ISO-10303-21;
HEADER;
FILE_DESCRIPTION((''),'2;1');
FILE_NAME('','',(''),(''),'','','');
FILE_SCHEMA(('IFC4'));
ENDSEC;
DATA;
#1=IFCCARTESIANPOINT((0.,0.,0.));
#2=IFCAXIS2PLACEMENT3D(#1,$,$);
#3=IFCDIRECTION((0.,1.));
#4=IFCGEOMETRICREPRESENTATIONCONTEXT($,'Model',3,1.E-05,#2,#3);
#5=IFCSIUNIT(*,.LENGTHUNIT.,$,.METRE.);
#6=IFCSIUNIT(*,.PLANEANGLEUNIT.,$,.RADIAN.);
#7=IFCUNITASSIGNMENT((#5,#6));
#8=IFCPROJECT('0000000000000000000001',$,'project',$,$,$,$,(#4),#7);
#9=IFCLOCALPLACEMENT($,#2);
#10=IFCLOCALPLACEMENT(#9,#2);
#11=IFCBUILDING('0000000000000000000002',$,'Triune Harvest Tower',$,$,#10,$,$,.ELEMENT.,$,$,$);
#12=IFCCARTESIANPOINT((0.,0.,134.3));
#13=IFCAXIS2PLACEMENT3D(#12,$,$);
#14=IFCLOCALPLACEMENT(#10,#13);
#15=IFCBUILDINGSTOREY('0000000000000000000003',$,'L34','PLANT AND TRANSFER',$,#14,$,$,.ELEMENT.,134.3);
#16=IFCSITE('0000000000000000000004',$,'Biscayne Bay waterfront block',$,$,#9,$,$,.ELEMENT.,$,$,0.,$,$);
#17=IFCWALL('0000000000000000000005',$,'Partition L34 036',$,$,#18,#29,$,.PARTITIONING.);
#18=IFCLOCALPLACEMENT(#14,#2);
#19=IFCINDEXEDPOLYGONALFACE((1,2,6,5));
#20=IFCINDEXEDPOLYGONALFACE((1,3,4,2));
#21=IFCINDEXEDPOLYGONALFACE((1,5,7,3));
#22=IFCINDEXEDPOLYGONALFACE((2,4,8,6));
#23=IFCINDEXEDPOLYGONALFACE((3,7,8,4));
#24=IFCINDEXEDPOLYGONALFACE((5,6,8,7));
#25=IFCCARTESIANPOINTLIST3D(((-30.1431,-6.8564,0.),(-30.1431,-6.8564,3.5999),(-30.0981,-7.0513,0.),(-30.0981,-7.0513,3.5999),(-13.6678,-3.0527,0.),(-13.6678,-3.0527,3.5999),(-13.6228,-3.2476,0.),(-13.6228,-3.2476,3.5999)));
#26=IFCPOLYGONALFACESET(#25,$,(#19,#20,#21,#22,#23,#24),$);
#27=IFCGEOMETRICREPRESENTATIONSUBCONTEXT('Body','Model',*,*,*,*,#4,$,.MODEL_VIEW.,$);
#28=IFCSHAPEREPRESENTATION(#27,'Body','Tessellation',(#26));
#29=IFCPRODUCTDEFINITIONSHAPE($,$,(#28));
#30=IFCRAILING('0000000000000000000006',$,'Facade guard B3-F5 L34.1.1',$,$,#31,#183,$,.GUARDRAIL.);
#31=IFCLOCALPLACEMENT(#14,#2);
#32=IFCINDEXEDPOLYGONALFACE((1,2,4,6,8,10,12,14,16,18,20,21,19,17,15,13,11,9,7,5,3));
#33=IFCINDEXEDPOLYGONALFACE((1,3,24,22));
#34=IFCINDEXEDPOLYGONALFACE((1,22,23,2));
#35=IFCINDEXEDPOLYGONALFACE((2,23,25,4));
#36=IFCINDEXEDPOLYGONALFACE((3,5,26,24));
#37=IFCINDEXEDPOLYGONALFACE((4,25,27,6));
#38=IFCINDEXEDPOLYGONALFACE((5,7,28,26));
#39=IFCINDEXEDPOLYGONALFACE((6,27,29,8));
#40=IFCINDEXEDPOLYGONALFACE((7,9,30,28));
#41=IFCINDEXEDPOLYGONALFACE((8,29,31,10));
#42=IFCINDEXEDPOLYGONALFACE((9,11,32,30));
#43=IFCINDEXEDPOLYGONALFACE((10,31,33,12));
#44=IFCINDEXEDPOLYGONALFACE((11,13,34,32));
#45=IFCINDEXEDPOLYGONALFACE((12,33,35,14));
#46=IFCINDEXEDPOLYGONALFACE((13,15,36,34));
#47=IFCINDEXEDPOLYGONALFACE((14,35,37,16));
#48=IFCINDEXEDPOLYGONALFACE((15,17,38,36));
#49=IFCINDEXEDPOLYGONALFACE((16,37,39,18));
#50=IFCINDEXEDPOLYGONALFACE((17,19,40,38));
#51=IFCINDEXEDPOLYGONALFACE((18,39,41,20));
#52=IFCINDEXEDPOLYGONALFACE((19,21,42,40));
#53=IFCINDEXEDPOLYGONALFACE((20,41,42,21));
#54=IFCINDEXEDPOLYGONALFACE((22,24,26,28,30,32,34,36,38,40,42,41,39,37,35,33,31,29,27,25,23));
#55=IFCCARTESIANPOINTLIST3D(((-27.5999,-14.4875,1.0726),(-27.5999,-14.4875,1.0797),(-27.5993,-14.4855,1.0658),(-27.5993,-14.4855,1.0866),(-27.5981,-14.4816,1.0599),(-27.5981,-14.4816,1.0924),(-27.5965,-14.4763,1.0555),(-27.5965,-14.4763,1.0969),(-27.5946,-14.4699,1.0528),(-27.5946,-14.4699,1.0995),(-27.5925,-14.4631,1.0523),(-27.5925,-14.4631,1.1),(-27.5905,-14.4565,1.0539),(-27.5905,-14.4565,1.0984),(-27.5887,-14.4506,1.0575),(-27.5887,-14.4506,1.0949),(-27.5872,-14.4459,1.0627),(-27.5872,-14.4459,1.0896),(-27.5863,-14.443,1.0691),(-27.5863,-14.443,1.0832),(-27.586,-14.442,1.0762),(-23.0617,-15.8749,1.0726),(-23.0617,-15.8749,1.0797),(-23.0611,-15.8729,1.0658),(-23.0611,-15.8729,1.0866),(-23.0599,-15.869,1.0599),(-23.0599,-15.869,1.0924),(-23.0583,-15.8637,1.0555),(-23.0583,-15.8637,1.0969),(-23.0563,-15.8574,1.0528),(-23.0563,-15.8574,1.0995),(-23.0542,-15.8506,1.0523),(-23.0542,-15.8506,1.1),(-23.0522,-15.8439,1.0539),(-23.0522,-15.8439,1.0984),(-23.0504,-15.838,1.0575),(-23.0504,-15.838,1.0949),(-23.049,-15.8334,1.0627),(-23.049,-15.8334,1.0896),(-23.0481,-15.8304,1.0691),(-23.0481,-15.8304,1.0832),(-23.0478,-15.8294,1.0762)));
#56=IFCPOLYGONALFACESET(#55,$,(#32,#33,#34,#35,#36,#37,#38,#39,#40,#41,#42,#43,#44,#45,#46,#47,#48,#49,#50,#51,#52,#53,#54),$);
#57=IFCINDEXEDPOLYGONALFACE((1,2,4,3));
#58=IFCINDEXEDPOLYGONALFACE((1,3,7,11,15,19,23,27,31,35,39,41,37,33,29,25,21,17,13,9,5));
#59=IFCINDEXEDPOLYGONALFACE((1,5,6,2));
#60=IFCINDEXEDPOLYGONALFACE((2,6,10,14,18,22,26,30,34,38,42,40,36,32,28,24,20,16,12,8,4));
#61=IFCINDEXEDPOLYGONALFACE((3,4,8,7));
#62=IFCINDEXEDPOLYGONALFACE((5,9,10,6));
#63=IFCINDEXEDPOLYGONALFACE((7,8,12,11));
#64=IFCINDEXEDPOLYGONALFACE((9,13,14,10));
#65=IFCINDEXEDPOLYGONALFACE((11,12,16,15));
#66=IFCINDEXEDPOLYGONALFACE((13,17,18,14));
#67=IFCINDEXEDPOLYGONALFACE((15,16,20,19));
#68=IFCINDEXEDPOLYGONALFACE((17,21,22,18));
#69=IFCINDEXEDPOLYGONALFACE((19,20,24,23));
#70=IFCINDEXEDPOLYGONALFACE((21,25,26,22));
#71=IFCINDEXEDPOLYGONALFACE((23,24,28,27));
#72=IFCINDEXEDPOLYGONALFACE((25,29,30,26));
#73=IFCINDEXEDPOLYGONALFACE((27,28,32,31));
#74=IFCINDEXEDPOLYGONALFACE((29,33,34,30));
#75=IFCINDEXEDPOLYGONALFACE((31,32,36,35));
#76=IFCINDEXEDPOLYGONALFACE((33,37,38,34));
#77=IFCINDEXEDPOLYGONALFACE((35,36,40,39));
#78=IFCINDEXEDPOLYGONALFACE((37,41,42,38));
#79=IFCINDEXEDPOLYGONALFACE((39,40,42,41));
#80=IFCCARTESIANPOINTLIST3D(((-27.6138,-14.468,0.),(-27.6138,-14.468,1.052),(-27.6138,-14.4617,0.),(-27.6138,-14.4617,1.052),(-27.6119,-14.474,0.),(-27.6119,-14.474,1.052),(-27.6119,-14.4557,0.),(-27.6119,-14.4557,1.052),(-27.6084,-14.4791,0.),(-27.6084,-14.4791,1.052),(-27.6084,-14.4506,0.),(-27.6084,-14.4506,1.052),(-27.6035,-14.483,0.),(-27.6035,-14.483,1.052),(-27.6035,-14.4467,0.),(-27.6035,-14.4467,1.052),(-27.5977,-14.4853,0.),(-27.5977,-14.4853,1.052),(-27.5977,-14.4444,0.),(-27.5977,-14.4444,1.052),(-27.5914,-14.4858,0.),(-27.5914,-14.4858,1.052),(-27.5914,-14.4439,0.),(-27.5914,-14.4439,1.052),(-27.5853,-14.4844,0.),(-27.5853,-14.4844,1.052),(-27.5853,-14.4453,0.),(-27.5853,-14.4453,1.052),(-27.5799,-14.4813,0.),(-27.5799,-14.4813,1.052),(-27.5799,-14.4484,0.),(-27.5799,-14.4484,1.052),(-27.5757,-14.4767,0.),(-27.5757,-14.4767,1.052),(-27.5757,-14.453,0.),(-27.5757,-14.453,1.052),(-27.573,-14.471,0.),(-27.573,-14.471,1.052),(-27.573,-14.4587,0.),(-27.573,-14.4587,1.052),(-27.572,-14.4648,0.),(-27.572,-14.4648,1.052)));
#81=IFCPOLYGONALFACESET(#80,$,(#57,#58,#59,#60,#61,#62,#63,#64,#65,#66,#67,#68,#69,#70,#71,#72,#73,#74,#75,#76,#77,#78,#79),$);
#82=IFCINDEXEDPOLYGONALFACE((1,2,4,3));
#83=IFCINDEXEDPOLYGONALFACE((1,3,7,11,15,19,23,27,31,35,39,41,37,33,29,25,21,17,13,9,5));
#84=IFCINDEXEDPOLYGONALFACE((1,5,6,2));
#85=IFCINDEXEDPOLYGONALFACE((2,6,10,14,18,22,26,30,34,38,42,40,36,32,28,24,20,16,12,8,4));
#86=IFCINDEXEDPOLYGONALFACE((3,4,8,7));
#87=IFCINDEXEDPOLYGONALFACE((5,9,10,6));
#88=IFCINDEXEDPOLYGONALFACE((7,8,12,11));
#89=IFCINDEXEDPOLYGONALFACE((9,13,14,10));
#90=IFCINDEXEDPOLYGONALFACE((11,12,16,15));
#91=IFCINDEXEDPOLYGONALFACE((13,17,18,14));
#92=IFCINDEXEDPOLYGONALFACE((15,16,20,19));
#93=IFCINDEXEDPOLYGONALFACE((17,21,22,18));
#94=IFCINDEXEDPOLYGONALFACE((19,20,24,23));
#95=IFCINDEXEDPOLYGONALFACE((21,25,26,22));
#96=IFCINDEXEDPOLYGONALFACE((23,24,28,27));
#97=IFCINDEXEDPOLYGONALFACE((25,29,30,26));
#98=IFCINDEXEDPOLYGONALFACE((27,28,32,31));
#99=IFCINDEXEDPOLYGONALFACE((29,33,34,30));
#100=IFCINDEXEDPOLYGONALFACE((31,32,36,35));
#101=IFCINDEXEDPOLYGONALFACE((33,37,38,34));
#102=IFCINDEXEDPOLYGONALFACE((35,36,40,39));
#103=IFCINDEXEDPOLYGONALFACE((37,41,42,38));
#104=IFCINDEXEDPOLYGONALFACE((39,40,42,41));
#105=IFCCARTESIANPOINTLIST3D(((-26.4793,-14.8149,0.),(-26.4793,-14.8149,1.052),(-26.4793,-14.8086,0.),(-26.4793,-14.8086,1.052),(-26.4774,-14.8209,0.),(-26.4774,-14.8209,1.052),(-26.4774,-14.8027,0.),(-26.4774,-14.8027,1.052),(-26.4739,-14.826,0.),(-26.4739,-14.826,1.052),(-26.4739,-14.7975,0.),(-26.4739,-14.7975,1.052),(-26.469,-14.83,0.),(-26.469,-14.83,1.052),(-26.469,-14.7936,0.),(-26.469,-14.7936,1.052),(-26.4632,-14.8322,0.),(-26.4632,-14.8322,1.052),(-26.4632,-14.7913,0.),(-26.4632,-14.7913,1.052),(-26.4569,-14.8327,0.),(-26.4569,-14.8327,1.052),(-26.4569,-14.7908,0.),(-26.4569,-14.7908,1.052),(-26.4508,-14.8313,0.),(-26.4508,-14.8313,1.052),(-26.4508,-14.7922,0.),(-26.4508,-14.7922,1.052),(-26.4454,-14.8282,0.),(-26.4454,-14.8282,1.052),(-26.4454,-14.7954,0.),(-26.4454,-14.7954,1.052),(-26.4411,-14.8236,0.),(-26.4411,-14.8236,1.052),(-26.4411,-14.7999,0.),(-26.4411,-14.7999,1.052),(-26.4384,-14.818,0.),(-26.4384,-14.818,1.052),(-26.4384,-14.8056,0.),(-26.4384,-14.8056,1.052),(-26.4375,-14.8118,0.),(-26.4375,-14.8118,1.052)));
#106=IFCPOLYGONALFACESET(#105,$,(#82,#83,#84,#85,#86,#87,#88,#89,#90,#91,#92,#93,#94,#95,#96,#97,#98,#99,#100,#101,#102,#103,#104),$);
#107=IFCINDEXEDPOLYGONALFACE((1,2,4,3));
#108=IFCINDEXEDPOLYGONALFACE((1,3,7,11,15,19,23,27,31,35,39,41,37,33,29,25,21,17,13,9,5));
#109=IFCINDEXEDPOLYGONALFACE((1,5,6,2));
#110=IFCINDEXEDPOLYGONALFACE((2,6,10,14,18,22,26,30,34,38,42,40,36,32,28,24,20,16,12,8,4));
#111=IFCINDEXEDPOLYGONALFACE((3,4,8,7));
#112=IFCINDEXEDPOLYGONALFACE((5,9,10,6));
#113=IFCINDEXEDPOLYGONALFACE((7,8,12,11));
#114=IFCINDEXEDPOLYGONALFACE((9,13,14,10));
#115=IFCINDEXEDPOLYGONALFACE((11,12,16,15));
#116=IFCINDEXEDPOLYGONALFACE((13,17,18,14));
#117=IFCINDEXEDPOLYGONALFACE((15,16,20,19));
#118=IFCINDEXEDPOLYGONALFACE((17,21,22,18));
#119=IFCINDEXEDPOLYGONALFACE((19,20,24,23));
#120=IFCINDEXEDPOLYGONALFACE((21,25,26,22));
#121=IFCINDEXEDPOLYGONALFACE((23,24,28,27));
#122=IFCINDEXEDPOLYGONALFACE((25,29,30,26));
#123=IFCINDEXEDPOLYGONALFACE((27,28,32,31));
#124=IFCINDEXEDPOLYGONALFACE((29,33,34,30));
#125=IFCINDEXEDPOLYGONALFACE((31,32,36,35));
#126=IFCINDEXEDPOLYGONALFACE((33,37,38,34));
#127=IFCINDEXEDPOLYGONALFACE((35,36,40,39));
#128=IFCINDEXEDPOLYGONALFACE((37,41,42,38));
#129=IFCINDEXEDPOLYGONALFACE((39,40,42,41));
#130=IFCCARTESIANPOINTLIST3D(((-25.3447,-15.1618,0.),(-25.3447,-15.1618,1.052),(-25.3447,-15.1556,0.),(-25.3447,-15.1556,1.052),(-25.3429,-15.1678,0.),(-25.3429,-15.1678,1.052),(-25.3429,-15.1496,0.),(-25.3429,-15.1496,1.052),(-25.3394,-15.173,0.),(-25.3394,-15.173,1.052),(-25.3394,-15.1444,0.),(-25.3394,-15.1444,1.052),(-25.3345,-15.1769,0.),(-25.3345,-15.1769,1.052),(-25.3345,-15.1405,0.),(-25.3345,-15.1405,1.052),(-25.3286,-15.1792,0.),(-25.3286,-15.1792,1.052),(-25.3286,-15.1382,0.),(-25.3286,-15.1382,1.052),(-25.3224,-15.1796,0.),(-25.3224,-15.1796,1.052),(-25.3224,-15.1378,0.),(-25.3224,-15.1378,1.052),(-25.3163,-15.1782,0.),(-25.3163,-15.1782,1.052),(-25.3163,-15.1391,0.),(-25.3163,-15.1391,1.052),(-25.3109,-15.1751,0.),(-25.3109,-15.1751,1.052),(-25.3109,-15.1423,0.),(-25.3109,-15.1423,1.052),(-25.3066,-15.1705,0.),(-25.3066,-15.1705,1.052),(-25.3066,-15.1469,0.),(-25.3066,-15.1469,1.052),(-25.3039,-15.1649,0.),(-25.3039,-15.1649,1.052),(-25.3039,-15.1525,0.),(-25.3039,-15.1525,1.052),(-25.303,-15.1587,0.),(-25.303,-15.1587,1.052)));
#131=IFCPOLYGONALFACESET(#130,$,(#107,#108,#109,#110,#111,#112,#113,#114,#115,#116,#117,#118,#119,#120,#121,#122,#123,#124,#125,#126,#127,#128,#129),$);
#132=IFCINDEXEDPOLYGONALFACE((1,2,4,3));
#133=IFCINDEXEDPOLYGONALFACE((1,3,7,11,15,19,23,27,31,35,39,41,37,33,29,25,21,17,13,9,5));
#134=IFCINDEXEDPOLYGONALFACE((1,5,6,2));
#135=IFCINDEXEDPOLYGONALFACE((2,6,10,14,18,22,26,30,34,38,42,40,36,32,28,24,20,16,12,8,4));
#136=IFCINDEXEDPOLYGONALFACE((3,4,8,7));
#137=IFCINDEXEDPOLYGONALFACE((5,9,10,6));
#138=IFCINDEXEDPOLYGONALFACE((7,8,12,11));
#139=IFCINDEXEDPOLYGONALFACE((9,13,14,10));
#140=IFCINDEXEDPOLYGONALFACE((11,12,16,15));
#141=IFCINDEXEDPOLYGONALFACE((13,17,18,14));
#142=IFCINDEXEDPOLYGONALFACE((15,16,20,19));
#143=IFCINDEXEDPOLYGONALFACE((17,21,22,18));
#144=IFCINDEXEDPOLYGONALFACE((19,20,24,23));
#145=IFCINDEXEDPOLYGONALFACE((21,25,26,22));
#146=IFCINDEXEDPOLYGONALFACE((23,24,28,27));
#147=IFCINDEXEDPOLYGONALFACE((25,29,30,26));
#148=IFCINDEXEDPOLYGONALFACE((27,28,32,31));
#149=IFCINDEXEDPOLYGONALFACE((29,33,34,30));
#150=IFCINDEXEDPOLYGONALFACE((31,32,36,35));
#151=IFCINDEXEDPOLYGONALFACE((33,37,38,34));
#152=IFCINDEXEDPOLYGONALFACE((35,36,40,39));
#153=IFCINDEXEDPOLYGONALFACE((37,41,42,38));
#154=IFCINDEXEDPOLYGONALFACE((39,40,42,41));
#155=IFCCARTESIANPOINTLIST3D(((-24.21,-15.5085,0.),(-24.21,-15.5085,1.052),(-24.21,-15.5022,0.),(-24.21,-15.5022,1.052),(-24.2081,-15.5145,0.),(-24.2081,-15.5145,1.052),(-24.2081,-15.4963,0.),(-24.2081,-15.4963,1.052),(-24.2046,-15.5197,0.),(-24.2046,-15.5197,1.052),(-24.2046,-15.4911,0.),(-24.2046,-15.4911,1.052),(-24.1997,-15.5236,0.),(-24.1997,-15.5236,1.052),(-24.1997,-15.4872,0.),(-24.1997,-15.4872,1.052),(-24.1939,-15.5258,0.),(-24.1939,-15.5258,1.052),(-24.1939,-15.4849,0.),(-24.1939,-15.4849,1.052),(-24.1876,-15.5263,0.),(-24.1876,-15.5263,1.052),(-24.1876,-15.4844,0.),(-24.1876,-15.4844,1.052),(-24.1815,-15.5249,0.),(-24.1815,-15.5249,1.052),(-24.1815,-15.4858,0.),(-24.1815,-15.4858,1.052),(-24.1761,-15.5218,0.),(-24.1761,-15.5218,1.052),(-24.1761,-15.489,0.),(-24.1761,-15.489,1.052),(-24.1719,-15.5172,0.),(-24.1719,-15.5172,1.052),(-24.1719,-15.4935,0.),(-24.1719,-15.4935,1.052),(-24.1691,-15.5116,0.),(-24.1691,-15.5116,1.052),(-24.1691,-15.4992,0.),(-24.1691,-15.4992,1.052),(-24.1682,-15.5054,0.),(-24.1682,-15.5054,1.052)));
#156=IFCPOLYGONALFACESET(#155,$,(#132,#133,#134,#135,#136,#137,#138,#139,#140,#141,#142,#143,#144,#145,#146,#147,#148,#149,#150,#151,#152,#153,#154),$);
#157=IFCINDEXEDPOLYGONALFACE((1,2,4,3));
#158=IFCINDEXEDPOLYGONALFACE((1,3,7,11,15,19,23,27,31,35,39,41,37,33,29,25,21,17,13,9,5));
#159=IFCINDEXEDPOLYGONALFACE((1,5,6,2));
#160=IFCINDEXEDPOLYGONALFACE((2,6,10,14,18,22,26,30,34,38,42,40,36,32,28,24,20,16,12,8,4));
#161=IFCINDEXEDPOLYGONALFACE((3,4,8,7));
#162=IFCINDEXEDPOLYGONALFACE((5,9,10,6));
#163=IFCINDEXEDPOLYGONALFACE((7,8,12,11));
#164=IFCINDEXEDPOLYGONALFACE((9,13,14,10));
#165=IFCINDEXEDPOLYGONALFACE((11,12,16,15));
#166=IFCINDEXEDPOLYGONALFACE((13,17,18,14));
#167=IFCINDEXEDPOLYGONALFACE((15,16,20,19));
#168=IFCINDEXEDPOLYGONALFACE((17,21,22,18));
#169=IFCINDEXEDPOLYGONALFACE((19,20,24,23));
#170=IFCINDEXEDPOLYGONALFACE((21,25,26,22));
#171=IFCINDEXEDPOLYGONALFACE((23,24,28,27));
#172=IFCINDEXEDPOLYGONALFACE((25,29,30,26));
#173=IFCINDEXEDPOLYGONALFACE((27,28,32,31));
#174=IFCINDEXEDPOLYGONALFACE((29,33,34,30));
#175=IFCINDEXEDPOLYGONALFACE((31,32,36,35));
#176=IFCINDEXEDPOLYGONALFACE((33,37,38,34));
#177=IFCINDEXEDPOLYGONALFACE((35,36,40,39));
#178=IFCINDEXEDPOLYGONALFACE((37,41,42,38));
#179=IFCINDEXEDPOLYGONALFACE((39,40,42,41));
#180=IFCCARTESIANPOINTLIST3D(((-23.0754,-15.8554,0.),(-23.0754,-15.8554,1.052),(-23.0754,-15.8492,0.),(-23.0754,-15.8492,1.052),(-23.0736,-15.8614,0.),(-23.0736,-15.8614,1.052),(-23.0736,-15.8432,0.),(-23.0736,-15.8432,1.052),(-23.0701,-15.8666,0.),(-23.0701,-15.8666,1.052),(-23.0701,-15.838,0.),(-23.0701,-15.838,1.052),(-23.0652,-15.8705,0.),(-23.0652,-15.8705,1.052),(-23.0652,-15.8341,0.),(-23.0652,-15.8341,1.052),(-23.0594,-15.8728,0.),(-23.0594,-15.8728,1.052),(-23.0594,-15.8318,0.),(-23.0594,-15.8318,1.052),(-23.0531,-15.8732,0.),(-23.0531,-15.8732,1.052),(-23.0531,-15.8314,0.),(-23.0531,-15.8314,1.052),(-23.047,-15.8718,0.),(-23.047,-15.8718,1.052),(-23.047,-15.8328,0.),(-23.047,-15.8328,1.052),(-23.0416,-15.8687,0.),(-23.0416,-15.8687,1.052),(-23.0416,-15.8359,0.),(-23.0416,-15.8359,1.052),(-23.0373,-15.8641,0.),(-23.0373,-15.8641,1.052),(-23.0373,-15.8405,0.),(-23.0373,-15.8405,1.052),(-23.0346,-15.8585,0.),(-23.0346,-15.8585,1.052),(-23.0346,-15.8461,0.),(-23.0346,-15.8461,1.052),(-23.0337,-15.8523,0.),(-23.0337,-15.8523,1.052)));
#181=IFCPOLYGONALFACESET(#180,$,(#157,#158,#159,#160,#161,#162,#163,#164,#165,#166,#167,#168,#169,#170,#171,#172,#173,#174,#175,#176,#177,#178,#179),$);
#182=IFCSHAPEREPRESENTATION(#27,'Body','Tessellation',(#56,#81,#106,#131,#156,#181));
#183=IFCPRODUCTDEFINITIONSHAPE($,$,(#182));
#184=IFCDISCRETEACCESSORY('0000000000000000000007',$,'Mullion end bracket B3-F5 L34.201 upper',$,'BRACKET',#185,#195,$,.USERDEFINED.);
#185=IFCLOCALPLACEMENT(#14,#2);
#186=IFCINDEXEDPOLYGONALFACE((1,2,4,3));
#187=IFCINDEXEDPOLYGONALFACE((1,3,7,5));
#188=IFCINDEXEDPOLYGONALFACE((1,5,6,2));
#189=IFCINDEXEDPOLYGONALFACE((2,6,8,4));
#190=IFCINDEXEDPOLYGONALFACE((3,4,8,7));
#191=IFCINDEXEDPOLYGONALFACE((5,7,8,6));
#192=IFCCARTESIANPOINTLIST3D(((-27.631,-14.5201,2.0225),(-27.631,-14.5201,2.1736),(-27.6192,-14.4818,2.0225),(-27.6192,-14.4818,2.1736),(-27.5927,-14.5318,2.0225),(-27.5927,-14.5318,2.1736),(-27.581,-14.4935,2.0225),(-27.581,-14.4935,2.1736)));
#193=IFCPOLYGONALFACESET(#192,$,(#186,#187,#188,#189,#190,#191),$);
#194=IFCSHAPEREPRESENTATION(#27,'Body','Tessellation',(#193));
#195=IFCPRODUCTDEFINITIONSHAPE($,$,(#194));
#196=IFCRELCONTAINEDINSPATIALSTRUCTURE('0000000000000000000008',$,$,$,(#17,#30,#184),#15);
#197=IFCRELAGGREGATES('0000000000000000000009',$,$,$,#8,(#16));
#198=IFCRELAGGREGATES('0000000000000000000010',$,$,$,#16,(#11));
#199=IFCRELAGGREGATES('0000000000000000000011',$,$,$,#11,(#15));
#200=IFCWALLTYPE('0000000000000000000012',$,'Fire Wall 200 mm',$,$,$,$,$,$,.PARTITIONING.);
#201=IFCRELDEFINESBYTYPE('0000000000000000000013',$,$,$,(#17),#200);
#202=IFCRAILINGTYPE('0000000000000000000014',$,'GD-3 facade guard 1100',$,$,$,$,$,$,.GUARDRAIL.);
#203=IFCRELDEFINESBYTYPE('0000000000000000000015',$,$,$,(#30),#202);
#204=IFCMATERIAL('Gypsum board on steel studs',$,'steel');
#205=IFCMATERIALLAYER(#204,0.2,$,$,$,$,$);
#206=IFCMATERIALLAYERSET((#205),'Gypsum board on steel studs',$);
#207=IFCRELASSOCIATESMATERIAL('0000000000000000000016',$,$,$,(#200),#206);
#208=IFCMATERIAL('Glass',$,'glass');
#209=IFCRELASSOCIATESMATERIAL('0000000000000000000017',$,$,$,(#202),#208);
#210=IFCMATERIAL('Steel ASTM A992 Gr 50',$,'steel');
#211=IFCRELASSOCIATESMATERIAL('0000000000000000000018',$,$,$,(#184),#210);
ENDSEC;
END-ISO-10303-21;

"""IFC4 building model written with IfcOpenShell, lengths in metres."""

from ifc_helpers import new_model, si_unit, direction, frame, frame_2d, origin, origin_2d, place, context, subcontext, project, spatial, rectangle, circle, extrude, source, transform, mapped, material, layer, layer_set, type_object, element, save


model = new_model("IFC4")

# Units and contexts
model_context = context("Model", 3, precision=1e-05, world=origin(), true_north=direction((0.0, 1.0)))
body_context = subcontext(model_context, "Body", "Model", "MODEL_VIEW")
ifc_project = project(units=[si_unit("LENGTHUNIT", "METRE"), si_unit("PLANEANGLEUNIT", "RADIAN")], contexts=[model_context])

# Site, building, storey
site_placement = place(None, origin())
site = spatial("IfcSite", under=ifc_project, at=site_placement, Name="Biscayne Bay waterfront block", CompositionType="ELEMENT", RefElevation=0.0)
building_placement = place(site_placement, origin())
building = spatial("IfcBuilding", under=site, at=building_placement, Name="Triune Harvest Tower", CompositionType="ELEMENT")
storey_placement = place(building_placement, frame((0.0, 0.0, 134.3)))
storey = spatial("IfcBuildingStorey", under=building, at=storey_placement, Name="L34", Description="PLANT AND TRANSFER", CompositionType="ELEMENT", Elevation=134.3)

# Wall
ifc_material_1 = material(Name="Gypsum board on steel studs", Category="steel")
ifc_layer_1 = layer(ifc_material_1, 0.2)
ifc_layer_set_1 = layer_set([ifc_layer_1], Name="Gypsum board on steel studs")
wall_type = type_object("IfcWallType", Name="Fire Wall 200 mm", PredefinedType="PARTITIONING", material=ifc_layer_set_1)
shared_shape_1 = source(origin(), body_context, "Body", "SweptSolid", [
    extrude(rectangle(XDim=16.9087, YDim=0.2, at=frame_2d((8.4543, 0.0))), origin(), (0.0, 0.0, 1.0), 3.5999),
])
wall_1_placement = place(storey_placement, frame((-30.1206, -6.9539, 0.0), z_axis=(0.0, 0.0, 1.0), x_axis=(0.974369, 0.224955, 0.0)))
element("IfcWall", 1, at=wall_1_placement, inside=storey, type_object=wall_type, Name="Partition L34 036", PredefinedType="PARTITIONING", context=body_context, shape_type="MappedRepresentation", body=[
    mapped(shared_shape_1, transform((0.0, 0.0, 0.0), scale=1.0)),
])

# Railing
ifc_material_2 = material(Name="Glass", Category="glass")
railing_type = type_object("IfcRailingType", Name="GD-3 facade guard 1100", PredefinedType="GUARDRAIL", material=ifc_material_2)
railing_placement = place(storey_placement, frame((-27.593, -14.4648, 0.0)))
element("IfcRailing", 2, at=railing_placement, inside=storey, type_object=railing_type, Name="Facade guard B3-F5 L34.1.1", PredefinedType="GUARDRAIL", context=body_context, shape_type="SweptSolid", body=[
    extrude(circle(Radius=0.0239, at=origin_2d()), frame((0.0, 0.0, 1.0762), z_axis=(0.956308, -0.292361, 0.0), x_axis=(0.292361, 0.956308, 0.0)), (0.0, 0.0, 1.0), 4.7456),
    extrude(circle(Radius=0.021, at=origin_2d()), origin(), (0.0, 0.0, 1.0), 1.052),
    extrude(circle(Radius=0.021, at=origin_2d()), frame((1.1345, -0.3469, 0.0)), (0.0, 0.0, 1.0), 1.052),
    extrude(circle(Radius=0.021, at=origin_2d()), frame((2.269, -0.6938, 0.0)), (0.0, 0.0, 1.0), 1.052),
    extrude(circle(Radius=0.021, at=origin_2d()), frame((3.4038, -1.0405, 0.0)), (0.0, 0.0, 1.0), 1.052),
    extrude(circle(Radius=0.021, at=origin_2d()), frame((4.5383, -1.3875, 0.0)), (0.0, 0.0, 1.0), 1.052),
])

# Discrete accessory
ifc_material_3 = material(Name="Steel ASTM A992 Gr 50", Category="steel")
discrete_accessory_placement = place(storey_placement, frame((-27.606, -14.5068, 2.0225), z_axis=(0.0, 0.0, 1.0), x_axis=(0.956291, -0.292415, 0.0)))
element("IfcDiscreteAccessory", 3, at=discrete_accessory_placement, inside=storey, material=ifc_material_3, Name="Mullion end bracket B3-F5 L34.201 upper", ObjectType="BRACKET", PredefinedType="USERDEFINED", context=body_context, shape_type="SweptSolid", body=[
    extrude(rectangle(XDim=0.04, YDim=0.04, at=origin_2d()), origin(), (0.0, 0.0, 1.0), 0.1511),
])

save(model, "model.ifc")
